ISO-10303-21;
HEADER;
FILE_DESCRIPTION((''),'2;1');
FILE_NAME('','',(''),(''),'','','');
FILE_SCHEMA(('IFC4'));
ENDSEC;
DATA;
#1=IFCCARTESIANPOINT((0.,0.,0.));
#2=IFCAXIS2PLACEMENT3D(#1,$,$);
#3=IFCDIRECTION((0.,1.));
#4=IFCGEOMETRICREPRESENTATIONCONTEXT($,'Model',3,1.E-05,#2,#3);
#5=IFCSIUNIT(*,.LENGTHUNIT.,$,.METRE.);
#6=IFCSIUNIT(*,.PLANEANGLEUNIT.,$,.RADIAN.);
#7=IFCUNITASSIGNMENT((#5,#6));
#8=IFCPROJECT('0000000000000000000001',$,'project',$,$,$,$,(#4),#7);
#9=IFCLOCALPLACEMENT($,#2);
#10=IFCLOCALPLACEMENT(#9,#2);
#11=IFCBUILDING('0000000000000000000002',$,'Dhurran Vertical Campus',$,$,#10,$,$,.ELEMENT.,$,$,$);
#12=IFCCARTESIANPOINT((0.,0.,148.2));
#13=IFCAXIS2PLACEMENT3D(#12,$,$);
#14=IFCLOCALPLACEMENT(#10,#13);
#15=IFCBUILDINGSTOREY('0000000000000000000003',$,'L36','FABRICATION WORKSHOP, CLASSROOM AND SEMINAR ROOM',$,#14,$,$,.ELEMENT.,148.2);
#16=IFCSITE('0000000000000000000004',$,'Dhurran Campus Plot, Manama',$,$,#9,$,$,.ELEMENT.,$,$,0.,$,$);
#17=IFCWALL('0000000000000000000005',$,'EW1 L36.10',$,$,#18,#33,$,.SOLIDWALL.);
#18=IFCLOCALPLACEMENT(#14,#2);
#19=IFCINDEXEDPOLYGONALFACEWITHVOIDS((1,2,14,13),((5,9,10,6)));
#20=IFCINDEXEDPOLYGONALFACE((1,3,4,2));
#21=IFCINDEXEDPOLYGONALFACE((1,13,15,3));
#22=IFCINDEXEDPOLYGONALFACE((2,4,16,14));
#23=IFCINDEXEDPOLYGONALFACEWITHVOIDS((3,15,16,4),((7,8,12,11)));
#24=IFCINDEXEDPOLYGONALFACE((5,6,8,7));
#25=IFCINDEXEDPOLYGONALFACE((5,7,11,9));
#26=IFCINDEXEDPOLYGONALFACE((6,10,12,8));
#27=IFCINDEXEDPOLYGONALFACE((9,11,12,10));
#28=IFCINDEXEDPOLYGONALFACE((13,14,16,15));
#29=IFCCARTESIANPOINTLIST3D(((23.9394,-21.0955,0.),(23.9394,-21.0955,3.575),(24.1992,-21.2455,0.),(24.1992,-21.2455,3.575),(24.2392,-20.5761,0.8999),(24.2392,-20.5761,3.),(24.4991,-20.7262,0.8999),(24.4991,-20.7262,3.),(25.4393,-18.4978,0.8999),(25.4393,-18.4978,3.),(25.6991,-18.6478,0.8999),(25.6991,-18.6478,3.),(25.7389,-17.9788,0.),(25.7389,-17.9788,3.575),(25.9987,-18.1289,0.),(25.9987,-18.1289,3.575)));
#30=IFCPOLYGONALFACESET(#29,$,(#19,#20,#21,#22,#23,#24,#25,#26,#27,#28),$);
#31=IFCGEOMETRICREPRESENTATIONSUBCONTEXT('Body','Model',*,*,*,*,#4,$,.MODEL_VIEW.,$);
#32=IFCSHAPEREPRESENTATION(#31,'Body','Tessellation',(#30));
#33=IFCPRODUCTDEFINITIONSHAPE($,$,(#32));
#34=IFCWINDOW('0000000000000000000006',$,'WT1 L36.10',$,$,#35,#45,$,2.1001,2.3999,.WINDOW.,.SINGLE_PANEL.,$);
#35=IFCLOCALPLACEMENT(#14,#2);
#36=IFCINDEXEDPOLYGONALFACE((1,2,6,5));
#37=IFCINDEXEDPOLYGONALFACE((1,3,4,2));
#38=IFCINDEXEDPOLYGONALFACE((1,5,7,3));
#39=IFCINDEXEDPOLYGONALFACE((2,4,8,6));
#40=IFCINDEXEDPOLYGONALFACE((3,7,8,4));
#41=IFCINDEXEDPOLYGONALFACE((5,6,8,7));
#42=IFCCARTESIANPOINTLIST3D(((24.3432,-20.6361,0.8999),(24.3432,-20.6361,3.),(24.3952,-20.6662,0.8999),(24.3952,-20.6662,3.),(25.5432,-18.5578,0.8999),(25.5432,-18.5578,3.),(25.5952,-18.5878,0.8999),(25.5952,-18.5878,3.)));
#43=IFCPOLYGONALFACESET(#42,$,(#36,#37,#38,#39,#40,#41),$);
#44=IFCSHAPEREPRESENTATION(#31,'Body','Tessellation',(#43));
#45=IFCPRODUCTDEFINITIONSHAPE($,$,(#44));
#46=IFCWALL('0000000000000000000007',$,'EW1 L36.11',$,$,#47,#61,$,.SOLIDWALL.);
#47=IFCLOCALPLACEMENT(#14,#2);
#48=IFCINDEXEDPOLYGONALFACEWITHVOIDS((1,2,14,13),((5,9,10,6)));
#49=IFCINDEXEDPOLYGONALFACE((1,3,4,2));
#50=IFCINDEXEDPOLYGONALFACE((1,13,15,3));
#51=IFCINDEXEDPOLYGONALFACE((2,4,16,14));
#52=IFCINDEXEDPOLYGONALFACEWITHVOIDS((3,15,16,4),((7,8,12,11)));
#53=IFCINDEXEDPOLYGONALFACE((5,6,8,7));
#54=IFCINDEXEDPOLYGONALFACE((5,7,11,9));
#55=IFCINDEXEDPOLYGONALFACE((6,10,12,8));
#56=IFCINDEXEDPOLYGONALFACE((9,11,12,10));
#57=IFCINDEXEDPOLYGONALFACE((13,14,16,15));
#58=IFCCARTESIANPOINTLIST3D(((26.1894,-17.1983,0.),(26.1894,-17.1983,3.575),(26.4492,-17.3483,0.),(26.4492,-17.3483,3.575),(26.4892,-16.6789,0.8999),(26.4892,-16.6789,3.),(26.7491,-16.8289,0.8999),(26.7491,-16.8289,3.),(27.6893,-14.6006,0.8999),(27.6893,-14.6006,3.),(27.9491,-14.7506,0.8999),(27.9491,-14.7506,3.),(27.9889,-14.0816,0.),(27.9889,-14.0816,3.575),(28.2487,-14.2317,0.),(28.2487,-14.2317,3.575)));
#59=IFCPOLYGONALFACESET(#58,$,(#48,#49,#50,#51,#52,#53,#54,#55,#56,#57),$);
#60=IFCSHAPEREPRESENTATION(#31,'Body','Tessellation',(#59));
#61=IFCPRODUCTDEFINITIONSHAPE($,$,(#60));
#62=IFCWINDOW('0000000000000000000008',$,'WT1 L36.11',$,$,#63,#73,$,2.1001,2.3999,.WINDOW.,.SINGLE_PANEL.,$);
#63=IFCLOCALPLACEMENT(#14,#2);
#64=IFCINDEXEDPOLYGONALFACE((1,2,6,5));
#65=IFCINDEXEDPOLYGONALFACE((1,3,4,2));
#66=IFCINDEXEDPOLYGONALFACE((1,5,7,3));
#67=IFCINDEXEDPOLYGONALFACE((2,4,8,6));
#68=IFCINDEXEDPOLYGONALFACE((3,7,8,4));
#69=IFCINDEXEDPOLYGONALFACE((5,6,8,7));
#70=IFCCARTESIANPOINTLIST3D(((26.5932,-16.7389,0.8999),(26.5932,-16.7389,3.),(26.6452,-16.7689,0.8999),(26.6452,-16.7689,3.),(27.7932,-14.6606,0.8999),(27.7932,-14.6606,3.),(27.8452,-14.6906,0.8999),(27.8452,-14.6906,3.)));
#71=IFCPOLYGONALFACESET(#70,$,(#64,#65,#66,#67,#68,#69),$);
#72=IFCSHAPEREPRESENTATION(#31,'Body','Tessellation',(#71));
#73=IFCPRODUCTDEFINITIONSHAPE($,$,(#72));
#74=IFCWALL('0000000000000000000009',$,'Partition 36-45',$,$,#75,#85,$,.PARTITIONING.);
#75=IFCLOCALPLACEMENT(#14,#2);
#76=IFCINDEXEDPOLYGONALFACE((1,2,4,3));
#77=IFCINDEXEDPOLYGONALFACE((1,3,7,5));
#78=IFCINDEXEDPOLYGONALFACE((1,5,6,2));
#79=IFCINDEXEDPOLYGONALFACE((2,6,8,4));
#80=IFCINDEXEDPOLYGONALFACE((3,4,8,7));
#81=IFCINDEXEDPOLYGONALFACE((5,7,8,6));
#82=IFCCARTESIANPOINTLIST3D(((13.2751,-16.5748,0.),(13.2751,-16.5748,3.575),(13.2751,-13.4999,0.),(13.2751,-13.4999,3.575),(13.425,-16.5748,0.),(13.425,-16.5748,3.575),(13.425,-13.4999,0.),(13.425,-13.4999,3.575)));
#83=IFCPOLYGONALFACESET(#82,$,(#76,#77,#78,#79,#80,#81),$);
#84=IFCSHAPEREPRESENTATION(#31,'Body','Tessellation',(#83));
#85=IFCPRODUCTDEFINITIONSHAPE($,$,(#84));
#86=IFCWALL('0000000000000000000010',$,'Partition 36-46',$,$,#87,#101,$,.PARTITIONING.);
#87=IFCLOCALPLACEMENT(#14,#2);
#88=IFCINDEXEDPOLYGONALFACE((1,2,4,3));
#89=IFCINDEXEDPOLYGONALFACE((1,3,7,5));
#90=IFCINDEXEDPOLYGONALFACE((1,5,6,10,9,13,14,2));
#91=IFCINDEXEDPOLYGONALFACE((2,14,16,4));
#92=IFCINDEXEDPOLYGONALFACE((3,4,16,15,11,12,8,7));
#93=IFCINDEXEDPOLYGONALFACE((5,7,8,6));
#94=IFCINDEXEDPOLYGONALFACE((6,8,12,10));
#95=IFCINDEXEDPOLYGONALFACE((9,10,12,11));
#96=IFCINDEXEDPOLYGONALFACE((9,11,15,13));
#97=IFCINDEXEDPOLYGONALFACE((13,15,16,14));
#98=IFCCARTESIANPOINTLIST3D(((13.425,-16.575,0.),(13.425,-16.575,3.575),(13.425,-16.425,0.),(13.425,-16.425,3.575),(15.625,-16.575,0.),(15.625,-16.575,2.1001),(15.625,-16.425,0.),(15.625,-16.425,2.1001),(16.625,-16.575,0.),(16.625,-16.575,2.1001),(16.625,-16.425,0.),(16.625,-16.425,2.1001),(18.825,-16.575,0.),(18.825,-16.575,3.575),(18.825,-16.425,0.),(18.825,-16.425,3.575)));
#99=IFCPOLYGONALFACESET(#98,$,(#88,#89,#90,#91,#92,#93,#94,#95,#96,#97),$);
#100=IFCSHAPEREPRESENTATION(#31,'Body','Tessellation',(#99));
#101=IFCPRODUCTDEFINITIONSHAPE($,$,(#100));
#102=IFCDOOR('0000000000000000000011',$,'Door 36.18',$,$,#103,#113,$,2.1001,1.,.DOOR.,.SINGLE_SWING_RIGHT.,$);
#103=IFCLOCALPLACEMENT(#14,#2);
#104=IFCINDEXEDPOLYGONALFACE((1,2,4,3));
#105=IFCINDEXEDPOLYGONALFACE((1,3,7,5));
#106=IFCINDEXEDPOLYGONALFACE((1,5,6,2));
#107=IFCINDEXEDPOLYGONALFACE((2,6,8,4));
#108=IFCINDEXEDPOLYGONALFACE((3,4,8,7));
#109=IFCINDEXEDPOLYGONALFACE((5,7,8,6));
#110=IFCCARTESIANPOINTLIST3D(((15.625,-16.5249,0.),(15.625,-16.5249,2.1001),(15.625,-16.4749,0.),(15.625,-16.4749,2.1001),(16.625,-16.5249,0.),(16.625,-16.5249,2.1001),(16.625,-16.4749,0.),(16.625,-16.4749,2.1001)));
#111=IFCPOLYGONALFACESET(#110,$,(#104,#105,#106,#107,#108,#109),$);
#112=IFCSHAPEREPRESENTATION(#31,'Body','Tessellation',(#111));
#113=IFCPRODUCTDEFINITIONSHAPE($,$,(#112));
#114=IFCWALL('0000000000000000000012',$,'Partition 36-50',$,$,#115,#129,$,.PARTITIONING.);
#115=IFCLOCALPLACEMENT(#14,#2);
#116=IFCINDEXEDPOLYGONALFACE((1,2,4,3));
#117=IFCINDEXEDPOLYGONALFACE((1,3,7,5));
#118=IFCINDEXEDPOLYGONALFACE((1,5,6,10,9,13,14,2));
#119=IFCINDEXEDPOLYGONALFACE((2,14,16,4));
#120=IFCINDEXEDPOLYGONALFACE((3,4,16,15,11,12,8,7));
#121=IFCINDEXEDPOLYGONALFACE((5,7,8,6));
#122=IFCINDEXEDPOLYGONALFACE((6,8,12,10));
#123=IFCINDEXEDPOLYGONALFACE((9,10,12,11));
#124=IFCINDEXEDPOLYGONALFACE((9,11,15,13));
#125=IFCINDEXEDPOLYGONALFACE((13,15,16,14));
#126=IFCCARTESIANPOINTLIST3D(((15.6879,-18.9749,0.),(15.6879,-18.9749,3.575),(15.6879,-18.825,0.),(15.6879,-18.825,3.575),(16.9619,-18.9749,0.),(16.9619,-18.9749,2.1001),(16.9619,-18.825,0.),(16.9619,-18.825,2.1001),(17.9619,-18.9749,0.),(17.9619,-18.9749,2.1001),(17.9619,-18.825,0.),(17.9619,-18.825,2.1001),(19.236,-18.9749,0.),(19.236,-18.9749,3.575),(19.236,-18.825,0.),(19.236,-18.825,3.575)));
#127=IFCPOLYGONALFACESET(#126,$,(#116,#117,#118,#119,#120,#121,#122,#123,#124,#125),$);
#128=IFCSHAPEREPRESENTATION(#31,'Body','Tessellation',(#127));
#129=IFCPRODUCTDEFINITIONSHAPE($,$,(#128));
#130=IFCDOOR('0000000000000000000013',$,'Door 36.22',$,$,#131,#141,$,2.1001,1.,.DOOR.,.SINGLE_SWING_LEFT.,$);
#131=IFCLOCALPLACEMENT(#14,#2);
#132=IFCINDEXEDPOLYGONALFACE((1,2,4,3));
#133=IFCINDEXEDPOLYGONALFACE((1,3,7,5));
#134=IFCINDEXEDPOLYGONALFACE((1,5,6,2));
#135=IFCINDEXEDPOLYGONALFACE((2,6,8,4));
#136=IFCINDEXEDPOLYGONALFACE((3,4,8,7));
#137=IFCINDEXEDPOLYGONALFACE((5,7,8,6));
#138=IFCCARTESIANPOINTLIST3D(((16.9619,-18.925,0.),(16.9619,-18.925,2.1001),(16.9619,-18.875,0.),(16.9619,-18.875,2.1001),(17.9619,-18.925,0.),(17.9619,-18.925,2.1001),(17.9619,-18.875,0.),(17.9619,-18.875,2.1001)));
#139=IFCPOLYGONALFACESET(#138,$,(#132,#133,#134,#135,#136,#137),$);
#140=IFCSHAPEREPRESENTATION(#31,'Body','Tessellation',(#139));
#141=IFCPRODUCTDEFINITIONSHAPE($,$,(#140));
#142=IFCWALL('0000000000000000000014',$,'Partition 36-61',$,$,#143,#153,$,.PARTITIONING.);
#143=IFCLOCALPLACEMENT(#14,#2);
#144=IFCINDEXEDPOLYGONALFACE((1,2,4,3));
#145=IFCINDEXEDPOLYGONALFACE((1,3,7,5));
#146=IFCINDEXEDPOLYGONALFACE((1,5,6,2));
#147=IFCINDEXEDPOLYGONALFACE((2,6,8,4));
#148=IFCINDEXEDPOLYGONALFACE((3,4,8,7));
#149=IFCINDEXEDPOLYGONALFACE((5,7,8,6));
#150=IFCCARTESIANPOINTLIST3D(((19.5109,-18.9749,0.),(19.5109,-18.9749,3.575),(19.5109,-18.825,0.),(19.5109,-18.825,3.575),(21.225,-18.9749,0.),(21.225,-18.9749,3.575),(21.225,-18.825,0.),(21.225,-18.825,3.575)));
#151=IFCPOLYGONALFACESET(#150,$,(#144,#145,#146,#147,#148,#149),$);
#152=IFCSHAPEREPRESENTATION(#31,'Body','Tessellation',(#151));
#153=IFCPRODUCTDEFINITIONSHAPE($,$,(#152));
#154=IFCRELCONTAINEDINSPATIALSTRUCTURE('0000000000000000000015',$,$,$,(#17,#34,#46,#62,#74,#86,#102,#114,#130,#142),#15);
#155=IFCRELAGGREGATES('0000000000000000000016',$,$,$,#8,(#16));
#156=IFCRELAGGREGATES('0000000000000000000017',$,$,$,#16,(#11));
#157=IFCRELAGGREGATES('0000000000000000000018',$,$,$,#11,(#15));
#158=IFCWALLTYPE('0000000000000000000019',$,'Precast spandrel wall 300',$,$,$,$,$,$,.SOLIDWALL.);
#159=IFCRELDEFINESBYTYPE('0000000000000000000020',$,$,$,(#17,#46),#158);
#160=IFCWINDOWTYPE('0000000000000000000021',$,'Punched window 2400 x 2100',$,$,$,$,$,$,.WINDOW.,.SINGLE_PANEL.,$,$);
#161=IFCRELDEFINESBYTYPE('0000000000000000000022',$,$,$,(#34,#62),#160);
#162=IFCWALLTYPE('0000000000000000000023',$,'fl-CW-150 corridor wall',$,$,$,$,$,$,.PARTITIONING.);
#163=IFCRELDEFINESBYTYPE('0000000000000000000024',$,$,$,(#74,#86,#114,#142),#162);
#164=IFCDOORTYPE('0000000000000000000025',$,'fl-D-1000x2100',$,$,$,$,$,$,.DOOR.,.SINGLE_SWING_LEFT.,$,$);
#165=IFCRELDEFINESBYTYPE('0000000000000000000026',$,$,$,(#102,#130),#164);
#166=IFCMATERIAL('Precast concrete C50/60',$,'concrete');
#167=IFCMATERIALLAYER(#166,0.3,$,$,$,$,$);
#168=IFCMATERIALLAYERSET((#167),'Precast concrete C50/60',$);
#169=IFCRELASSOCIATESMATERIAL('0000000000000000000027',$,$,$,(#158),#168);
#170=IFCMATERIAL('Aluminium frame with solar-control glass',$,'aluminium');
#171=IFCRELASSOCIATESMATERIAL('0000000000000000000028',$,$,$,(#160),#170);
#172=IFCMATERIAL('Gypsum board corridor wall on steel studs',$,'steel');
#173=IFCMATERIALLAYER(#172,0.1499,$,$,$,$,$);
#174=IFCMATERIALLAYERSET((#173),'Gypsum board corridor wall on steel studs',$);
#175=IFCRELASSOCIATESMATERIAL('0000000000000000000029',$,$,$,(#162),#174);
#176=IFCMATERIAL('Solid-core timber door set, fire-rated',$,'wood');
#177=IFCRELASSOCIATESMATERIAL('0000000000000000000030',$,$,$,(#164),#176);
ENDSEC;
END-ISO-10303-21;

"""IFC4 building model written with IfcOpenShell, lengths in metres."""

from ifc_helpers import new_model, si_unit, direction, frame, frame_2d, origin, place, context, subcontext, project, spatial, rectangle, extrude, material, layer, layer_set, type_object, element, fill, save


model = new_model("IFC4")

# Units and contexts
model_context = context("Model", 3, precision=1e-05, world=origin(), true_north=direction((0.0, 1.0)))
body_context = subcontext(model_context, "Body", "Model", "MODEL_VIEW")
ifc_project = project(units=[si_unit("LENGTHUNIT", "METRE"), si_unit("PLANEANGLEUNIT", "RADIAN")], contexts=[model_context])

# Site, building, storey
site_placement = place(None, origin())
site = spatial("IfcSite", under=ifc_project, at=site_placement, Name="Dhurran Campus Plot, Manama", CompositionType="ELEMENT", RefElevation=0.0)
building_placement = place(site_placement, origin())
building = spatial("IfcBuilding", under=site, at=building_placement, Name="Dhurran Vertical Campus", CompositionType="ELEMENT")
storey_placement = place(building_placement, frame((0.0, 0.0, 148.2)))
storey = spatial("IfcBuildingStorey", under=building, at=storey_placement, Name="L36", Description="FABRICATION WORKSHOP, CLASSROOM AND SEMINAR ROOM", CompositionType="ELEMENT", Elevation=148.2)

# Walls, openings, windows
ifc_material_1 = material(Name="Precast concrete C50/60", Category="concrete")
ifc_layer_1 = layer(ifc_material_1, 0.3)
ifc_layer_set_1 = layer_set([ifc_layer_1], Name="Precast concrete C50/60")
wall_type_1 = type_object("IfcWallType", Name="Precast spandrel wall 300", PredefinedType="SOLIDWALL", material=ifc_layer_set_1)
ifc_material_2 = material(Name="Aluminium frame with solar-control glass", Category="aluminium")
window_type = type_object("IfcWindowType", Name="Punched window 2400 x 2100", PartitioningType="SINGLE_PANEL", PredefinedType="WINDOW", material=ifc_material_2)
wall_1_placement = place(storey_placement, frame((24.0693, -21.1704, 0.0), z_axis=(0.0, 0.0, 1.0), x_axis=(0.500028, 0.866009, 0.0)))
wall_1 = element("IfcWall", 1, at=wall_1_placement, inside=storey, type_object=wall_type_1, Name="EW1 L36.10", PredefinedType="SOLIDWALL", context=body_context, shape_type="SweptSolid", body=[
    extrude(rectangle(XDim=3.5989, YDim=0.3, at=frame_2d((1.7993, 0.0))), origin(), (0.0, 0.0, 1.0), 3.575),
])
opening_1_placement = place(wall_1_placement, frame((0.5996, 0.0, 0.8999)))
opening_1 = element("IfcOpeningElement", 2, at=opening_1_placement, cuts=wall_1, PredefinedType="OPENING", context=body_context, shape_type="SweptSolid", body=[
    extrude(rectangle(XDim=2.3999, YDim=2.1001, at=frame_2d((1.2, 1.05))), frame((0.0, 0.1599, 0.0), z_axis=(0.0, -1.0, 0.0), x_axis=(1.0, 0.0, 0.0)), (0.0, 0.0, 1.0), 0.3201),
])
window_1_placement = place(opening_1_placement, origin())
window_1 = element("IfcWindow", 3, at=window_1_placement, inside=storey, type_object=window_type, Name="WT1 L36.10", OverallHeight=2.1001, OverallWidth=2.3999, PartitioningType="SINGLE_PANEL", PredefinedType="WINDOW", context=body_context, shape_type="SweptSolid", body=[
    extrude(rectangle(XDim=2.3999, YDim=2.1001, at=frame_2d((1.2, 1.05))), frame((0.0, 0.03, 0.0), z_axis=(0.0, -1.0, 0.0), x_axis=(1.0, 0.0, 0.0)), (0.0, 0.0, 1.0), 0.0601),
])
fill(opening_1, window_1)
wall_2_placement = place(storey_placement, frame((26.3193, -17.2732, 0.0), z_axis=(0.0, 0.0, 1.0), x_axis=(0.500028, 0.866009, 0.0)))
wall_2 = element("IfcWall", 4, at=wall_2_placement, inside=storey, type_object=wall_type_1, Name="EW1 L36.11", PredefinedType="SOLIDWALL", context=body_context, shape_type="SweptSolid", body=[
    extrude(rectangle(XDim=3.5989, YDim=0.3, at=frame_2d((1.7993, 0.0))), origin(), (0.0, 0.0, 1.0), 3.575),
])
opening_2_placement = place(wall_2_placement, frame((0.5996, 0.0, 0.8999)))
opening_2 = element("IfcOpeningElement", 5, at=opening_2_placement, cuts=wall_2, PredefinedType="OPENING", context=body_context, shape_type="SweptSolid", body=[
    extrude(rectangle(XDim=2.3999, YDim=2.1001, at=frame_2d((1.2, 1.05))), frame((0.0, 0.1599, 0.0), z_axis=(0.0, -1.0, 0.0), x_axis=(1.0, 0.0, 0.0)), (0.0, 0.0, 1.0), 0.3201),
])
window_2_placement = place(opening_2_placement, origin())
window_2 = element("IfcWindow", 6, at=window_2_placement, inside=storey, type_object=window_type, Name="WT1 L36.11", OverallHeight=2.1001, OverallWidth=2.3999, PartitioningType="SINGLE_PANEL", PredefinedType="WINDOW", context=body_context, shape_type="SweptSolid", body=[
    extrude(rectangle(XDim=2.3999, YDim=2.1001, at=frame_2d((1.2, 1.05))), frame((0.0, 0.03, 0.0), z_axis=(0.0, -1.0, 0.0), x_axis=(1.0, 0.0, 0.0)), (0.0, 0.0, 1.0), 0.0601),
])
fill(opening_2, window_2)

# Wall
ifc_material_3 = material(Name="Gypsum board corridor wall on steel studs", Category="steel")
ifc_layer_2 = layer(ifc_material_3, 0.1499)
ifc_layer_set_2 = layer_set([ifc_layer_2], Name="Gypsum board corridor wall on steel studs")
wall_type_2 = type_object("IfcWallType", Name="fl-CW-150 corridor wall", PredefinedType="PARTITIONING", material=ifc_layer_set_2)
wall_3_placement = place(storey_placement, frame((13.3501, -16.575, 0.0), z_axis=(0.0, 0.0, 1.0), x_axis=(0.0, 1.0, 0.0)))
element("IfcWall", 7, at=wall_3_placement, inside=storey, type_object=wall_type_2, Name="Partition 36-45", PredefinedType="PARTITIONING", context=body_context, shape_type="SweptSolid", body=[
    extrude(rectangle(XDim=3.075, YDim=0.1499, at=frame_2d((1.5376, 0.0))), origin(), (0.0, 0.0, 1.0), 3.575),
])

# Walls, openings, doors
wall_4_placement = place(storey_placement, frame((18.825, -16.5, 0.0), z_axis=(0.0, 0.0, 1.0), x_axis=(-1.0, 0.0, 0.0)))
wall_4 = element("IfcWall", 8, at=wall_4_placement, inside=storey, type_object=wall_type_2, Name="Partition 36-46", PredefinedType="PARTITIONING", context=body_context, shape_type="SweptSolid", body=[
    extrude(rectangle(XDim=5.3999, YDim=0.1499, at=frame_2d((2.7, 0.0))), origin(), (0.0, 0.0, 1.0), 3.575),
])
opening_3_placement = place(wall_4_placement, frame((2.2, 0.0, 0.0)))
opening_3 = element("IfcOpeningElement", 9, at=opening_3_placement, cuts=wall_4, PredefinedType="OPENING", context=body_context, shape_type="SweptSolid", body=[
    extrude(rectangle(XDim=1.0, YDim=2.1001, at=frame_2d((0.5, 1.05))), frame((0.0, 0.085, 0.0), z_axis=(0.0, -1.0, 0.0), x_axis=(1.0, 0.0, 0.0)), (0.0, 0.0, 1.0), 0.1699),
])
ifc_material_4 = material(Name="Solid-core timber door set, fire-rated", Category="wood")
door_type = type_object("IfcDoorType", Name="fl-D-1000x2100", OperationType="SINGLE_SWING_LEFT", PredefinedType="DOOR", material=ifc_material_4)
door_1_placement = place(opening_3_placement, origin())
door_1 = element("IfcDoor", 10, at=door_1_placement, inside=storey, type_object=door_type, Name="Door 36.18", OperationType="SINGLE_SWING_RIGHT", OverallHeight=2.1001, OverallWidth=1.0, PredefinedType="DOOR", context=body_context, shape_type="SweptSolid", body=[
    extrude(rectangle(XDim=1.0, YDim=2.1001, at=frame_2d((0.5, 1.05))), frame((0.0, 0.0249, 0.0), z_axis=(0.0, -1.0, 0.0), x_axis=(1.0, 0.0, 0.0)), (0.0, 0.0, 1.0), 0.05),
])
fill(opening_3, door_1)
wall_5_placement = place(storey_placement, frame((15.688, -18.8999, 0.0), z_axis=(0.0, 0.0, 1.0), x_axis=(1.0, 0.0, 0.0)))
wall_5 = element("IfcWall", 11, at=wall_5_placement, inside=storey, type_object=wall_type_2, Name="Partition 36-50", PredefinedType="PARTITIONING", context=body_context, shape_type="SweptSolid", body=[
    extrude(rectangle(XDim=3.5481, YDim=0.1499, at=frame_2d((1.7739, 0.0))), origin(), (0.0, 0.0, 1.0), 3.575),
])
opening_4_placement = place(wall_5_placement, frame((1.2739, 0.0, 0.0)))
opening_4 = element("IfcOpeningElement", 12, at=opening_4_placement, cuts=wall_5, PredefinedType="OPENING", context=body_context, shape_type="SweptSolid", body=[
    extrude(rectangle(XDim=1.0, YDim=2.1001, at=frame_2d((0.5, 1.05))), frame((0.0, 0.085, 0.0), z_axis=(0.0, -1.0, 0.0), x_axis=(1.0, 0.0, 0.0)), (0.0, 0.0, 1.0), 0.1699),
])
door_2_placement = place(opening_4_placement, origin())
door_2 = element("IfcDoor", 13, at=door_2_placement, inside=storey, type_object=door_type, Name="Door 36.22", OperationType="SINGLE_SWING_LEFT", OverallHeight=2.1001, OverallWidth=1.0, PredefinedType="DOOR", context=body_context, shape_type="SweptSolid", body=[
    extrude(rectangle(XDim=1.0, YDim=2.1001, at=frame_2d((0.5, 1.05))), frame((0.0, 0.0249, 0.0), z_axis=(0.0, -1.0, 0.0), x_axis=(1.0, 0.0, 0.0)), (0.0, 0.0, 1.0), 0.05),
])
fill(opening_4, door_2)

# Wall
wall_6_placement = place(storey_placement, frame((19.511, -18.8999, 0.0), z_axis=(0.0, 0.0, 1.0), x_axis=(1.0, 0.0, 0.0)))
element("IfcWall", 14, at=wall_6_placement, inside=storey, type_object=wall_type_2, Name="Partition 36-61", PredefinedType="PARTITIONING", context=body_context, shape_type="SweptSolid", body=[
    extrude(rectangle(XDim=1.7141, YDim=0.1499, at=frame_2d((0.8569, 0.0))), origin(), (0.0, 0.0, 1.0), 3.575),
])

save(model, "model.ifc")
